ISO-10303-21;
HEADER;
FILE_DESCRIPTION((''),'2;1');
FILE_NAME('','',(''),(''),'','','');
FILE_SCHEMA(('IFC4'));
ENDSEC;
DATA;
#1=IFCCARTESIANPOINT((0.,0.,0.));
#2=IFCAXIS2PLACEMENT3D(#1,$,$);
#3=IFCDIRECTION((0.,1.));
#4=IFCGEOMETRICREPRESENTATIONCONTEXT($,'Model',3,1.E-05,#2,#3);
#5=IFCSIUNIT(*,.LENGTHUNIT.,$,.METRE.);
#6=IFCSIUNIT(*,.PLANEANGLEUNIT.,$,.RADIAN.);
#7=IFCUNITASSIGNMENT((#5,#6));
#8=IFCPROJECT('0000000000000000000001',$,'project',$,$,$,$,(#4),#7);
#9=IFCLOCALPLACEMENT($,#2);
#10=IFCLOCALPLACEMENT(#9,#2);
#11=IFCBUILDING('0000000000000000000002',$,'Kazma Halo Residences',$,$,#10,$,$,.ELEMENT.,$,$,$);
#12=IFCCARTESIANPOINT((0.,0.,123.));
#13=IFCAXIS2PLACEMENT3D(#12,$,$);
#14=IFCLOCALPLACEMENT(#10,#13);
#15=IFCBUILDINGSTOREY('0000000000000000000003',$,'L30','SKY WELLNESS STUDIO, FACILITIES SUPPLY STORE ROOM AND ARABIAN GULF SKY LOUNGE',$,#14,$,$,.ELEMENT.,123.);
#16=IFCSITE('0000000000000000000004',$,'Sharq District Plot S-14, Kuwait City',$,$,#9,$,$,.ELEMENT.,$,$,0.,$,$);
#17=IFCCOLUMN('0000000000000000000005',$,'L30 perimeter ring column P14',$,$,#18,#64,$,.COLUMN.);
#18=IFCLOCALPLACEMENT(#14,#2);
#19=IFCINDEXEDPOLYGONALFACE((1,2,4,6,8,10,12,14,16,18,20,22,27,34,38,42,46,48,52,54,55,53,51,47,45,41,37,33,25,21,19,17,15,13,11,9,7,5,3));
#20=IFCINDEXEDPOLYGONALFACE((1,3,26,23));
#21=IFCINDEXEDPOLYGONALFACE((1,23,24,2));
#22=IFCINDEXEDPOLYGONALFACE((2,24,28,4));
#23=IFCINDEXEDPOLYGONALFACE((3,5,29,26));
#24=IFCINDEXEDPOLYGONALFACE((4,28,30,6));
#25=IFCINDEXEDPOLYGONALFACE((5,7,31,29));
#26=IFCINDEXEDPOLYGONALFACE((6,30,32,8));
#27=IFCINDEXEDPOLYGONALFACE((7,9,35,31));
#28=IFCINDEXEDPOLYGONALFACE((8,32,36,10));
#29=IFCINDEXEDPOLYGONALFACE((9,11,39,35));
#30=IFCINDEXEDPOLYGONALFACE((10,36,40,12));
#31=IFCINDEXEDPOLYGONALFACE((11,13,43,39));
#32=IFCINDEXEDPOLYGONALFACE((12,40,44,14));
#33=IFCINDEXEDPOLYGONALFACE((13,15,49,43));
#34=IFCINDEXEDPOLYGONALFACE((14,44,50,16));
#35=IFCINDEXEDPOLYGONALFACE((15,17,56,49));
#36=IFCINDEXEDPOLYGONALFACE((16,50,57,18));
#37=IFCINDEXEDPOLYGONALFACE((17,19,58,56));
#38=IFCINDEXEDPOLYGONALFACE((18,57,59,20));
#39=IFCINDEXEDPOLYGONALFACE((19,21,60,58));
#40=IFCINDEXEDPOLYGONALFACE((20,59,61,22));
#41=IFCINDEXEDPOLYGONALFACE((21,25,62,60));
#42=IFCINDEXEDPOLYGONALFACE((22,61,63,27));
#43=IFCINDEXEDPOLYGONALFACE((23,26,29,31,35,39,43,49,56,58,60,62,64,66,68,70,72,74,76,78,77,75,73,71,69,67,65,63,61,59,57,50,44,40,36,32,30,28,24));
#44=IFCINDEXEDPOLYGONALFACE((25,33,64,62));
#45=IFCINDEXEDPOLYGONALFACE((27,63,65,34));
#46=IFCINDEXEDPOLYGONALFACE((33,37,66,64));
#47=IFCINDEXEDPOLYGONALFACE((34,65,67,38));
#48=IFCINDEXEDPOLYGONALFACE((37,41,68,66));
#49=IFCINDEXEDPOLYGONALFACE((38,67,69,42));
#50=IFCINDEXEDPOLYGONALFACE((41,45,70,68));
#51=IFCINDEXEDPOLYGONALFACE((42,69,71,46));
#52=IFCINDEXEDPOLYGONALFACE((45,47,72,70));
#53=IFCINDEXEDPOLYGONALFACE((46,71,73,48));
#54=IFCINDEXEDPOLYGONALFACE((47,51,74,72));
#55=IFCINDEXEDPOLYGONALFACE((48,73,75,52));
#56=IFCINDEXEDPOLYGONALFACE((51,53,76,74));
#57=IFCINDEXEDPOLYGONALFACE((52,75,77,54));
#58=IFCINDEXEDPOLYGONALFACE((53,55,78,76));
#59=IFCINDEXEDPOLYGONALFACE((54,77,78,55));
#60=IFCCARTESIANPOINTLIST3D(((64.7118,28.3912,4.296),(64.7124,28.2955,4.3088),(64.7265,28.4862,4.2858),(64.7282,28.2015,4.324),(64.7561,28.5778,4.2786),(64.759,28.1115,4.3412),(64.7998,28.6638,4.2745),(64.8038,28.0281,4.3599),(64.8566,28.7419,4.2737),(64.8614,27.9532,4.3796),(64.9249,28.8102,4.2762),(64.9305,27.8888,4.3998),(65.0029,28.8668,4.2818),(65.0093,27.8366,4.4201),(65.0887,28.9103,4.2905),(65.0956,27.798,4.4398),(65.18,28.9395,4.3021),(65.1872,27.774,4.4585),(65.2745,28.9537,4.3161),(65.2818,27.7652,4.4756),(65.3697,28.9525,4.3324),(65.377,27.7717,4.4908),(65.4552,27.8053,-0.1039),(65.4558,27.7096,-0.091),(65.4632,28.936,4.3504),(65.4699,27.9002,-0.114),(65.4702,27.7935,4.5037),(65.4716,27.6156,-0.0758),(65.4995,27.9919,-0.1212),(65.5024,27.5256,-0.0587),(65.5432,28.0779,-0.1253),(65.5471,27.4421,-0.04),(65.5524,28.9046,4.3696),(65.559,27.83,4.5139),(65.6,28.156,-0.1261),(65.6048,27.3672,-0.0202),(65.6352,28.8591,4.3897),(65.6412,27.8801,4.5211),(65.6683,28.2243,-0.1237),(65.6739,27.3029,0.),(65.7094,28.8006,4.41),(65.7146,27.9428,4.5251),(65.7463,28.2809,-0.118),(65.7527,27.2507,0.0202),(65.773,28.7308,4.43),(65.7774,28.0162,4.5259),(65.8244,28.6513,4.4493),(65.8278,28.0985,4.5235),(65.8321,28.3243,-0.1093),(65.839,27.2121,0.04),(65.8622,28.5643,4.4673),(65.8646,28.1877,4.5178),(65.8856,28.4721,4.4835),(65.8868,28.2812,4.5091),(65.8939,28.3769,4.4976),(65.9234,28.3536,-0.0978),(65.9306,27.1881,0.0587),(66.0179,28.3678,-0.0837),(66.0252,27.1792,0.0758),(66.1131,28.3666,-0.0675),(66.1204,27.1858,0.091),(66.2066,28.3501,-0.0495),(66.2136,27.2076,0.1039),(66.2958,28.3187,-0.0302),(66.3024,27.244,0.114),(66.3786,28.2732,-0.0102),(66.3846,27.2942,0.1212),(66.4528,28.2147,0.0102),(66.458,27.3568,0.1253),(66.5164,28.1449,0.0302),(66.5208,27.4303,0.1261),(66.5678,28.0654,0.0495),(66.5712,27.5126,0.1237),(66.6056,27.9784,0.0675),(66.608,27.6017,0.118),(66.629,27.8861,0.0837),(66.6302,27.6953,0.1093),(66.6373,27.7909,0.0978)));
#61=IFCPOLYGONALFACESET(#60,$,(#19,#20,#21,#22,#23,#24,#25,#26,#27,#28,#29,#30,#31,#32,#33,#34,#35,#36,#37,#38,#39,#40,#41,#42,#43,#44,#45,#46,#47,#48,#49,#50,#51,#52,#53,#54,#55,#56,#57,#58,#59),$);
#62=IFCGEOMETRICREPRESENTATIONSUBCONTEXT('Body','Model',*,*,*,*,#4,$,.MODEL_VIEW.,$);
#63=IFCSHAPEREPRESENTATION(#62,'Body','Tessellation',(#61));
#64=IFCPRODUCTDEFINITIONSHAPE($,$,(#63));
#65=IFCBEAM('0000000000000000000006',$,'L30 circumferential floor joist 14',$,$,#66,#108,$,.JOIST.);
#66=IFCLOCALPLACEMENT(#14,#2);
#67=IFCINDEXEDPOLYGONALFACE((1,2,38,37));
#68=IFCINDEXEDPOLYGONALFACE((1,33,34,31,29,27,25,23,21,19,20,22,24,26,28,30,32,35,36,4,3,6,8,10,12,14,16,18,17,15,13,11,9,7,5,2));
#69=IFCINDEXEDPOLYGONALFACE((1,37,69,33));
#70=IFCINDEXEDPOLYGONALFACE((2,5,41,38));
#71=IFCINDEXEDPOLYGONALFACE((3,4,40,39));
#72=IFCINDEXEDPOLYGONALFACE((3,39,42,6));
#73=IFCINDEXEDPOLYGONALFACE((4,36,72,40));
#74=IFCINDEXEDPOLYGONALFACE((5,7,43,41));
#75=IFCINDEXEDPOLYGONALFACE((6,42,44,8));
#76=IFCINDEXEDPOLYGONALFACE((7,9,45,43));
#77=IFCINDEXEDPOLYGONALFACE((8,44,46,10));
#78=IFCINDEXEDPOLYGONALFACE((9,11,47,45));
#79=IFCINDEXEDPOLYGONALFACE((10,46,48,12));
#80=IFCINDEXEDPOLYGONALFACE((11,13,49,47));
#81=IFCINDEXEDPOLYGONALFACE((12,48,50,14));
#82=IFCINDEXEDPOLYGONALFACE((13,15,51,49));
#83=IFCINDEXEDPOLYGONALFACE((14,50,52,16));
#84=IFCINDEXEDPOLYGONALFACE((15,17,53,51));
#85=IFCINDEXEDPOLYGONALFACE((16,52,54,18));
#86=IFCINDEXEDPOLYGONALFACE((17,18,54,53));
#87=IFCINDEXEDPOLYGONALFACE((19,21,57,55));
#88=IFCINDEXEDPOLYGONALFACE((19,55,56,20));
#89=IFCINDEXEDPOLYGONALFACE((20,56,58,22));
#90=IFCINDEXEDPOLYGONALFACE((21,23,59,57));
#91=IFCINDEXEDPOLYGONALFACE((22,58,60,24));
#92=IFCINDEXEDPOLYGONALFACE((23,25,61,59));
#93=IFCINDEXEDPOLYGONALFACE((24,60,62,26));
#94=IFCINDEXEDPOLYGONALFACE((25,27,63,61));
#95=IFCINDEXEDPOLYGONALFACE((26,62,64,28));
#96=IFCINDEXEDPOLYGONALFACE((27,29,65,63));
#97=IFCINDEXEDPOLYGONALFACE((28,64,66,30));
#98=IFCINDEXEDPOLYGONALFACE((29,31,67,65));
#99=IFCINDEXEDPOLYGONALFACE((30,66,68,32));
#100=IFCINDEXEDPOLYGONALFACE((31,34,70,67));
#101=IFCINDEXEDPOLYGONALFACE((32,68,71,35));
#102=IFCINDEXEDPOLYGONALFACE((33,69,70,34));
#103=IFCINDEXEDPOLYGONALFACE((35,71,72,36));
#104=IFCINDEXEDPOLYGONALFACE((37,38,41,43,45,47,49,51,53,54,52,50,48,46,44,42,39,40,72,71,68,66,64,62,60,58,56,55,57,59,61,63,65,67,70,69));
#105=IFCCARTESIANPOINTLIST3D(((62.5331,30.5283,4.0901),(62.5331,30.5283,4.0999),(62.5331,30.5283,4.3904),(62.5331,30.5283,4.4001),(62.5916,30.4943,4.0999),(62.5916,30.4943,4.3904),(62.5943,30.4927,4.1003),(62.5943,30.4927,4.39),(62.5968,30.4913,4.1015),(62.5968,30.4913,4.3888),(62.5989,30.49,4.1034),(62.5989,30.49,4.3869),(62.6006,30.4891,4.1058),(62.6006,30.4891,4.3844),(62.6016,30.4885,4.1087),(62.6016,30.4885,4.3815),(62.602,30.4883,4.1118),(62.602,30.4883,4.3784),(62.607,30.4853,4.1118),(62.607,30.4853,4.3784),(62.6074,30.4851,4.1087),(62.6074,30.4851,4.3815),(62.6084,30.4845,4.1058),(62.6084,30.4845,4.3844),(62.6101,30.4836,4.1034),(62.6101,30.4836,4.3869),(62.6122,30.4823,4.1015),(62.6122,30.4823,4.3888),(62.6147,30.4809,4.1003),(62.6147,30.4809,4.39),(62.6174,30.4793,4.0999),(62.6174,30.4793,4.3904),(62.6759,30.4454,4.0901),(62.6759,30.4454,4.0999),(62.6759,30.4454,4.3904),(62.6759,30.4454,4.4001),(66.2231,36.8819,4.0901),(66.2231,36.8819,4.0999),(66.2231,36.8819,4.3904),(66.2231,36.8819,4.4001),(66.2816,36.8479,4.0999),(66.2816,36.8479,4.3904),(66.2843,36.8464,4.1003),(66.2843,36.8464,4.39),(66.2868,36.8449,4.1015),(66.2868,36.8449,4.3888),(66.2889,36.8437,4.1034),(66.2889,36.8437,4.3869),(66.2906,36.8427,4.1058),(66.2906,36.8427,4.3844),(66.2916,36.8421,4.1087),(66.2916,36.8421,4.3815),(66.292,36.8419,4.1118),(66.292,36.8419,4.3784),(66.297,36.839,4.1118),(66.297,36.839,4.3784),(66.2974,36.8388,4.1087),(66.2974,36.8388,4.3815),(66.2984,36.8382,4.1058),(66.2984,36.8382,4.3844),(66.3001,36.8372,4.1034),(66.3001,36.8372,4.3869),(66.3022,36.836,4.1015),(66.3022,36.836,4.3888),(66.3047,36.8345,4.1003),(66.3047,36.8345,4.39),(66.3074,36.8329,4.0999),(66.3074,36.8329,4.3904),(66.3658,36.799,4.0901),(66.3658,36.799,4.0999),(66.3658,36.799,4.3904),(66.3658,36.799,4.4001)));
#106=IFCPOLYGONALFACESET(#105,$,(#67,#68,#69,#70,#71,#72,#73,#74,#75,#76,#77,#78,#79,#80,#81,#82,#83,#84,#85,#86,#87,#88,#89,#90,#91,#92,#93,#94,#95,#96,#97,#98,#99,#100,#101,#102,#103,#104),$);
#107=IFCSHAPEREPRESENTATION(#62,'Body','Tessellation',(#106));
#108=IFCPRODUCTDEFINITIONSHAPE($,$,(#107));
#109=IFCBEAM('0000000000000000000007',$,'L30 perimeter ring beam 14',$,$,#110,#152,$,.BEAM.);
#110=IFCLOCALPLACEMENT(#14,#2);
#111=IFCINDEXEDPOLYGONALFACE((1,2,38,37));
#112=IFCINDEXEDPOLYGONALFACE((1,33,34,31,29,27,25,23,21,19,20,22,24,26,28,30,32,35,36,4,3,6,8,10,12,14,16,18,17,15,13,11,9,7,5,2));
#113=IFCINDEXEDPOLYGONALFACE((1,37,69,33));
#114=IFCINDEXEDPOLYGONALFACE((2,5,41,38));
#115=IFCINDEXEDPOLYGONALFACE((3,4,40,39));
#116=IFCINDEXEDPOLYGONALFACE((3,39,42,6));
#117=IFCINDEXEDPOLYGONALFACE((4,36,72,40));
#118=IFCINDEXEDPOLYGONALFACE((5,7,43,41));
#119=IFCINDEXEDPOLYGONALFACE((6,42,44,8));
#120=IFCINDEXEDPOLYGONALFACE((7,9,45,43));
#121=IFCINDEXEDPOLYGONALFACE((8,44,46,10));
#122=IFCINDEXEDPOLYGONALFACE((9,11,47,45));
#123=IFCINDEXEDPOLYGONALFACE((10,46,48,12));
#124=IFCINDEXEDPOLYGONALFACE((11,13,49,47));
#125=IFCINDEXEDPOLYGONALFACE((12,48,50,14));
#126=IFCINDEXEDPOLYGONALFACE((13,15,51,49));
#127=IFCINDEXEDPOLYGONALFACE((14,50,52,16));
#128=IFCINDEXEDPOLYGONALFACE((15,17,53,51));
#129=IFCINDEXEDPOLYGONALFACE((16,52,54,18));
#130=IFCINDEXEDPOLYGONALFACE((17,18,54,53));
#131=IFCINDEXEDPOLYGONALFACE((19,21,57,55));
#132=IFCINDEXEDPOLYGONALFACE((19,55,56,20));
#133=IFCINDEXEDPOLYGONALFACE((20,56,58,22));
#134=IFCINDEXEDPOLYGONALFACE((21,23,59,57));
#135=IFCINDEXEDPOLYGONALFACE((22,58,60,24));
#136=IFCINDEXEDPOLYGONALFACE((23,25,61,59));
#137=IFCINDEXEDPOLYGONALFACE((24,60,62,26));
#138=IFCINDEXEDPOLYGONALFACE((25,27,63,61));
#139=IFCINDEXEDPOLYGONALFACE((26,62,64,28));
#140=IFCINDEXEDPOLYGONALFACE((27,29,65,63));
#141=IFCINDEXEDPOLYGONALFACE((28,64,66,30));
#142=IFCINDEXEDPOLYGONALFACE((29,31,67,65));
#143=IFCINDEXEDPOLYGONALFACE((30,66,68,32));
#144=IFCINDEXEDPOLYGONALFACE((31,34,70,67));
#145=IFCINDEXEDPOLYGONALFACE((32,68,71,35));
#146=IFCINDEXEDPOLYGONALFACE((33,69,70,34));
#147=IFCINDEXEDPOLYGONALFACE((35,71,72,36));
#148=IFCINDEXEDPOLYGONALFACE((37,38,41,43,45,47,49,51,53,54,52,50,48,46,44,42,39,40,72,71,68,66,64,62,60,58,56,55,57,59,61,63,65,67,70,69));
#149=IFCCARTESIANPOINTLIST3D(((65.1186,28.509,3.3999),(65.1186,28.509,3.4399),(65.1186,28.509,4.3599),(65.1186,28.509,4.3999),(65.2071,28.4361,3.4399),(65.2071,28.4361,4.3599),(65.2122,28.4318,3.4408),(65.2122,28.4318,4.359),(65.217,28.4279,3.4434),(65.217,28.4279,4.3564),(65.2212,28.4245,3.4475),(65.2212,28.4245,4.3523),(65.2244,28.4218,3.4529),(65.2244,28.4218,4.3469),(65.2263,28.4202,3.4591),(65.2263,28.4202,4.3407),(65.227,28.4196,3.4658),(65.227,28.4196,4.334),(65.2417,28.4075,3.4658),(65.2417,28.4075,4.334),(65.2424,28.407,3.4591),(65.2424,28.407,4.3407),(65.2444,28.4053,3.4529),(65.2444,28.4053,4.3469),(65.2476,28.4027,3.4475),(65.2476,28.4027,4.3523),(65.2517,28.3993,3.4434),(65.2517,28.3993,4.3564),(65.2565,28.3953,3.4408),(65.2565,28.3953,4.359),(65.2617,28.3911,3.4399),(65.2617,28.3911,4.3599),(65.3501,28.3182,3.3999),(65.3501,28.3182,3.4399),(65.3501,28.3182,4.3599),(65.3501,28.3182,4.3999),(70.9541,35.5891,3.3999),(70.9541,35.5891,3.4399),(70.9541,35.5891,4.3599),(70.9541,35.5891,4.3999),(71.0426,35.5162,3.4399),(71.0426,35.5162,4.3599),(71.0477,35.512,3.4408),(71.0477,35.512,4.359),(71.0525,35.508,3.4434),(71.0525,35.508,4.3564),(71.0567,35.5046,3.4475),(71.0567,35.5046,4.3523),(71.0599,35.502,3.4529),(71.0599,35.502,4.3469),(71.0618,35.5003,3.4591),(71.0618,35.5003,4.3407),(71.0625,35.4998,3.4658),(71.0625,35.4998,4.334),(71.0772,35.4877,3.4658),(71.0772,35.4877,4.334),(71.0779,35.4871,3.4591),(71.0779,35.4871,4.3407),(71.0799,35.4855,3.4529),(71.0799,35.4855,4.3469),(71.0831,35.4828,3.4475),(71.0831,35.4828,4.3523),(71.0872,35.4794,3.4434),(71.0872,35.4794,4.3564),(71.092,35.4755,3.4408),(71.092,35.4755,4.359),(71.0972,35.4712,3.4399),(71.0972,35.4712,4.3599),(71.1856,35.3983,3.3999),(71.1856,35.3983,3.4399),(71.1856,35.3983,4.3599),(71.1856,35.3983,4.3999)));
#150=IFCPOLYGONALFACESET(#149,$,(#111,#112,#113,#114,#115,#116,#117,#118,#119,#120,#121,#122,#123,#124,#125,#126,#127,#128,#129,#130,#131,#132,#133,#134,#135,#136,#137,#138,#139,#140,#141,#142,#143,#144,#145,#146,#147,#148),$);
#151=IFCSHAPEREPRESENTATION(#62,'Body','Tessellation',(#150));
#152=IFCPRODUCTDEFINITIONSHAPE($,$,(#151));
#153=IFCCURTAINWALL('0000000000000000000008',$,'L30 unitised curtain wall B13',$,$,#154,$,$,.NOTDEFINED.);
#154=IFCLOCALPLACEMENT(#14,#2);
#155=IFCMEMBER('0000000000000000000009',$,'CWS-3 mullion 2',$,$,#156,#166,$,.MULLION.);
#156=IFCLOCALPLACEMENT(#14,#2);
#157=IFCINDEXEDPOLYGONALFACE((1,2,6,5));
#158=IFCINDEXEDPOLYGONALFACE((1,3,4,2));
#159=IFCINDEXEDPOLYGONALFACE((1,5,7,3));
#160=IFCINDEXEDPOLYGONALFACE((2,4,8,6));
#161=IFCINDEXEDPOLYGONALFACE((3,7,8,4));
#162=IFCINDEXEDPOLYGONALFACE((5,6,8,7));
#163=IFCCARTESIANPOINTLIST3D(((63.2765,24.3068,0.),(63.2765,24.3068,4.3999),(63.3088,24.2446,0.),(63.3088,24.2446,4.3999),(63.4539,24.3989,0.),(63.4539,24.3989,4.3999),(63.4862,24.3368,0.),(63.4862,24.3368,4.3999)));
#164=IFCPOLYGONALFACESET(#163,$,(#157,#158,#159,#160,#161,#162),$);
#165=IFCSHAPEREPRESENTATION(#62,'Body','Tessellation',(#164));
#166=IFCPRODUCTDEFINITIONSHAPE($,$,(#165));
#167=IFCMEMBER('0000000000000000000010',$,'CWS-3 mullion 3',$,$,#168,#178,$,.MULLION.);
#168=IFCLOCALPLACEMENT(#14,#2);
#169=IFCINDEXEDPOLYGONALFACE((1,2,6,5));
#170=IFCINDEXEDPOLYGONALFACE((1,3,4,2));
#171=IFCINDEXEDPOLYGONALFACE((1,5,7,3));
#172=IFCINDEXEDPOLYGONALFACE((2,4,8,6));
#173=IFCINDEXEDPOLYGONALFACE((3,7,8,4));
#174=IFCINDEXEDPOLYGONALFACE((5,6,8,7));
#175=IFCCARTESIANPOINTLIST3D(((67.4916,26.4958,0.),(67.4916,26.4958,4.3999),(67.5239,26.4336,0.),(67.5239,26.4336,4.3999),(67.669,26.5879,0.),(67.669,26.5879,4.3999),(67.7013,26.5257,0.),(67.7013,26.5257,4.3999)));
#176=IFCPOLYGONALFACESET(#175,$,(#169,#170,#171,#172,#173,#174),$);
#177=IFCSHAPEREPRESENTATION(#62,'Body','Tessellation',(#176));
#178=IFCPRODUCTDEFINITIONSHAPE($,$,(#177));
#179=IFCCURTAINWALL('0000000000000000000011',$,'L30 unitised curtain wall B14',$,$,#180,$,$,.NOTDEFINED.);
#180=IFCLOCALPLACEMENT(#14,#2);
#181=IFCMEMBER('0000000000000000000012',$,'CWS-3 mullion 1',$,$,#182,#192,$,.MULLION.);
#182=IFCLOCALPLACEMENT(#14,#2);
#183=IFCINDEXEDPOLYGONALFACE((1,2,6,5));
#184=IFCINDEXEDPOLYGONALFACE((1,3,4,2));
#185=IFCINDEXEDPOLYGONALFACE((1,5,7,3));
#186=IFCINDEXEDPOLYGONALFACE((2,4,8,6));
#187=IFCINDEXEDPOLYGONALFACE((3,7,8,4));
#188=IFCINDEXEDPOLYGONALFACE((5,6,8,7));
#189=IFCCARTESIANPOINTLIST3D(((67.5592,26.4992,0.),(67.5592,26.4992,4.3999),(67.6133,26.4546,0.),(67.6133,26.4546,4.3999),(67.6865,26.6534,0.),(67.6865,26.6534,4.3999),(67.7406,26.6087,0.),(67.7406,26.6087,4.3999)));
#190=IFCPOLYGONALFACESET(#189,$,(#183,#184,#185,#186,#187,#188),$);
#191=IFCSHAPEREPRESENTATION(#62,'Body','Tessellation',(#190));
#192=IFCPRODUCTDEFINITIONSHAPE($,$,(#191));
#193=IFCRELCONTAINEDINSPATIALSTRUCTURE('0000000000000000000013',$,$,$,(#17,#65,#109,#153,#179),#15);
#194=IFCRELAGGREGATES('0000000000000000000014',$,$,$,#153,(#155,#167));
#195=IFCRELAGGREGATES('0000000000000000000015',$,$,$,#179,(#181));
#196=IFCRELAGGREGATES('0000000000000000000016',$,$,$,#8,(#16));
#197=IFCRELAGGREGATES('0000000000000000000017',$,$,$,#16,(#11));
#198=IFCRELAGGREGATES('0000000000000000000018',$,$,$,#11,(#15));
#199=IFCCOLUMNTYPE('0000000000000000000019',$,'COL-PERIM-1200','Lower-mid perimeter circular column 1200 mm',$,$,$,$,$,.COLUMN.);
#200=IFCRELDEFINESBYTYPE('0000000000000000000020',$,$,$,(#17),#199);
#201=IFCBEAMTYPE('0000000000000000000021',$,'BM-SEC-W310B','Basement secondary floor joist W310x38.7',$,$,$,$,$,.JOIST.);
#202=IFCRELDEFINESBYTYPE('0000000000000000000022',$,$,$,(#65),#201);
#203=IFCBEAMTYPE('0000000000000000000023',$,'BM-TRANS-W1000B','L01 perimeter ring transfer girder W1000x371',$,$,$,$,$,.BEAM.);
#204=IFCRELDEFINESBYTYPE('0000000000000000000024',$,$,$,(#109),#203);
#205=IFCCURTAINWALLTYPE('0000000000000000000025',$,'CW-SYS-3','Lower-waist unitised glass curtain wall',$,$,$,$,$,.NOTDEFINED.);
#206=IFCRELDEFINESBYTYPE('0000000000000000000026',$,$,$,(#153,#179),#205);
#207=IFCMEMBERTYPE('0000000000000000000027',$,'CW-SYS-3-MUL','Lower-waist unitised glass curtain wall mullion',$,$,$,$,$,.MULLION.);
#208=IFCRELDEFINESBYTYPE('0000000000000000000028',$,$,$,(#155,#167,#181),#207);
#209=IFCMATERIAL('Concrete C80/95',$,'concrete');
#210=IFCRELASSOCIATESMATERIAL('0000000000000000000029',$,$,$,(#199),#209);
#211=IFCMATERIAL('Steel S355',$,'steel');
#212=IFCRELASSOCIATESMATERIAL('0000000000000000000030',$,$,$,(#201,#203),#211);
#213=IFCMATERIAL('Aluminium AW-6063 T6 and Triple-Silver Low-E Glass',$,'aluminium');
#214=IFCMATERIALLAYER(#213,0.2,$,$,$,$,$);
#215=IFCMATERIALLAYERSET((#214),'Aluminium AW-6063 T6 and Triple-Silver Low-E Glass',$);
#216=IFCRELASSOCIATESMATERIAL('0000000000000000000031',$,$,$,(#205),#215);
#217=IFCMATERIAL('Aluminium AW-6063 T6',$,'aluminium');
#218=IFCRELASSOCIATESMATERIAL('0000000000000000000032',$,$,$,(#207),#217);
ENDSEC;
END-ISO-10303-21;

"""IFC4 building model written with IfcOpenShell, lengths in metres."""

from ifc_helpers import new_model, si_unit, direction, frame, origin, origin_2d, place, context, subcontext, project, spatial, rectangle, circle, i_section, extrude, material, layer, layer_set, material_profile, profile_set, type_object, element, aggregate, save


model = new_model("IFC4")

# Units and contexts
model_context = context("Model", 3, precision=1e-05, world=origin(), true_north=direction((0.0, 1.0)))
body_context = subcontext(model_context, "Body", "Model", "MODEL_VIEW")
ifc_project = project(units=[si_unit("LENGTHUNIT", "METRE"), si_unit("PLANEANGLEUNIT", "RADIAN")], contexts=[model_context])

# Site, building, storey
site_placement = place(None, origin())
site = spatial("IfcSite", under=ifc_project, at=site_placement, Name="Sharq District Plot S-14, Kuwait City", CompositionType="ELEMENT", RefElevation=0.0)
building_placement = place(site_placement, origin())
building = spatial("IfcBuilding", under=site, at=building_placement, Name="Kazma Halo Residences", CompositionType="ELEMENT")
storey_placement = place(building_placement, frame((0.0, 0.0, 123.0)))
storey = spatial("IfcBuildingStorey", under=building, at=storey_placement, Name="L30", Description="SKY WELLNESS STUDIO, FACILITIES SUPPLY STORE ROOM AND ARABIAN GULF SKY LOUNGE", CompositionType="ELEMENT", Elevation=123.0)

# Column
ifc_material_1 = material(Name="Concrete C80/95", Category="concrete")
ifc_material_profile_1 = material_profile(ifc_material_1, circle(Radius=0.6001, at=origin_2d()), Name="CIRC1200")
ifc_profile_set_1 = profile_set([ifc_material_profile_1], Name="Concrete C80/95")
column_type = type_object("IfcColumnType", Name="COL-PERIM-1200", Description="Lower-mid perimeter circular column 1200 mm", PredefinedType="COLUMN", material=ifc_profile_set_1)
column_placement = place(storey_placement, frame((66.0454, 27.7742, 0.0), z_axis=(-0.165181, 0.130192, 0.977633), x_axis=(-0.619017, -0.785378, 0.0)))
element("IfcColumn", 1, at=column_placement, inside=storey, type_object=column_type, Name="L30 perimeter ring column P14", PredefinedType="COLUMN", context=body_context, shape_type="SweptSolid", body=[
    extrude(circle(Radius=0.6001, at=origin_2d()), origin(), (0.0, 0.0, 1.0), 4.5005),
])

# Beams
ifc_material_2 = material(Name="Steel S355", Category="steel")
ifc_material_profile_2 = material_profile(ifc_material_2, i_section(OverallWidth=0.165, OverallDepth=0.3101, WebThickness=0.0059, FlangeThickness=0.0098, FilletRadius=0.012, at=origin_2d()), Name="W310x38.7")
ifc_profile_set_2 = profile_set([ifc_material_profile_2], Name="Steel S355")
beam_type_1 = type_object("IfcBeamType", Name="BM-SEC-W310B", Description="Basement secondary floor joist W310x38.7", PredefinedType="JOIST", material=ifc_profile_set_2)
beam_1_placement = place(storey_placement, frame((62.6045, 30.4868, 4.2451), z_axis=(0.502217, 0.864741, 0.0), x_axis=(-0.864741, 0.502217, 0.0)))
element("IfcBeam", 2, at=beam_1_placement, inside=storey, type_object=beam_type_1, Name="L30 circumferential floor joist 14", PredefinedType="JOIST", context=body_context, shape_type="SweptSolid", body=[
    extrude(i_section(OverallWidth=0.165, OverallDepth=0.3101, WebThickness=0.0059, FlangeThickness=0.0098, FilletRadius=0.012, at=origin_2d()), origin(), (0.0, 0.0, 1.0), 7.3474),
])
ifc_material_profile_3 = material_profile(ifc_material_2, i_section(OverallWidth=0.3, OverallDepth=1.0, WebThickness=0.019, FlangeThickness=0.04, FilletRadius=0.0259, at=origin_2d()), Name="W1000x371")
ifc_profile_set_3 = profile_set([ifc_material_profile_3], Name="Steel S355")
beam_type_2 = type_object("IfcBeamType", Name="BM-TRANS-W1000B", Description="L01 perimeter ring transfer girder W1000x371", PredefinedType="BEAM", material=ifc_profile_set_3)
beam_2_placement = place(storey_placement, frame((65.2344, 28.4136, 3.8999), z_axis=(0.636019, 0.771674, 0.0), x_axis=(-0.771674, 0.636019, 0.0)))
element("IfcBeam", 3, at=beam_2_placement, inside=storey, type_object=beam_type_2, Name="L30 perimeter ring beam 14", PredefinedType="BEAM", context=body_context, shape_type="SweptSolid", body=[
    extrude(i_section(OverallWidth=0.3, OverallDepth=1.0, WebThickness=0.019, FlangeThickness=0.04, FilletRadius=0.0259, at=origin_2d()), origin(), (0.0, 0.0, 1.0), 9.175),
])

# Curtain walls, members
ifc_material_3 = material(Name="Aluminium AW-6063 T6 and Triple-Silver Low-E Glass", Category="aluminium")
ifc_layer_1 = layer(ifc_material_3, 0.2)
ifc_layer_set_1 = layer_set([ifc_layer_1], Name="Aluminium AW-6063 T6 and Triple-Silver Low-E Glass")
curtain_wall_type = type_object("IfcCurtainWallType", Name="CW-SYS-3", Description="Lower-waist unitised glass curtain wall", PredefinedType="NOTDEFINED", material=ifc_layer_set_1)
curtain_wall_1_placement = place(storey_placement, origin())
curtain_wall_1 = element("IfcCurtainWall", 4, at=curtain_wall_1_placement, inside=storey, type_object=curtain_wall_type, Name="L30 unitised curtain wall B13", PredefinedType="NOTDEFINED")
ifc_material_4 = material(Name="Aluminium AW-6063 T6", Category="aluminium")
ifc_material_profile_4 = material_profile(ifc_material_4, rectangle(XDim=0.0701, YDim=0.2, at=origin_2d()), Name="CWM-70x200")
ifc_profile_set_4 = profile_set([ifc_material_profile_4], Name="Aluminium AW-6063 T6")
member_type_1 = type_object("IfcMemberType", Name="CW-SYS-3-MUL", Description="Lower-waist unitised glass curtain wall mullion", PredefinedType="MULLION", material=ifc_profile_set_4)
member_1_placement = place(storey_placement, frame((63.3813, 24.3218, 0.0), z_axis=(0.0, 0.0, 1.0), x_axis=(-0.460884, 0.88746, 0.0)))
member_1 = element("IfcMember", 5, at=member_1_placement, type_object=member_type_1, Name="CWS-3 mullion 2", PredefinedType="MULLION", context=body_context, shape_type="SweptSolid", body=[
    extrude(rectangle(XDim=0.0701, YDim=0.2, at=origin_2d()), origin(), (0.0, 0.0, 1.0), 4.3999),
])
member_2_placement = place(storey_placement, frame((67.5964, 26.5107, 0.0), z_axis=(0.0, 0.0, 1.0), x_axis=(-0.460884, 0.88746, 0.0)))
member_2 = element("IfcMember", 6, at=member_2_placement, type_object=member_type_1, Name="CWS-3 mullion 3", PredefinedType="MULLION", context=body_context, shape_type="SweptSolid", body=[
    extrude(rectangle(XDim=0.0701, YDim=0.2, at=origin_2d()), origin(), (0.0, 0.0, 1.0), 4.3999),
])
curtain_wall_2_placement = place(storey_placement, origin())
curtain_wall_2 = element("IfcCurtainWall", 7, at=curtain_wall_2_placement, inside=storey, type_object=curtain_wall_type, Name="L30 unitised curtain wall B14", PredefinedType="NOTDEFINED")
member_3_placement = place(storey_placement, frame((67.6499, 26.554, 0.0), z_axis=(0.0, 0.0, 1.0), x_axis=(-0.771065, 0.636756, 0.0)))
member_3 = element("IfcMember", 8, at=member_3_placement, type_object=member_type_1, Name="CWS-3 mullion 1", PredefinedType="MULLION", context=body_context, shape_type="SweptSolid", body=[
    extrude(rectangle(XDim=0.0701, YDim=0.2, at=origin_2d()), origin(), (0.0, 0.0, 1.0), 4.3999),
])

aggregate(curtain_wall_1, [member_1, member_2])
aggregate(curtain_wall_2, [member_3])

save(model, "model.ifc")
